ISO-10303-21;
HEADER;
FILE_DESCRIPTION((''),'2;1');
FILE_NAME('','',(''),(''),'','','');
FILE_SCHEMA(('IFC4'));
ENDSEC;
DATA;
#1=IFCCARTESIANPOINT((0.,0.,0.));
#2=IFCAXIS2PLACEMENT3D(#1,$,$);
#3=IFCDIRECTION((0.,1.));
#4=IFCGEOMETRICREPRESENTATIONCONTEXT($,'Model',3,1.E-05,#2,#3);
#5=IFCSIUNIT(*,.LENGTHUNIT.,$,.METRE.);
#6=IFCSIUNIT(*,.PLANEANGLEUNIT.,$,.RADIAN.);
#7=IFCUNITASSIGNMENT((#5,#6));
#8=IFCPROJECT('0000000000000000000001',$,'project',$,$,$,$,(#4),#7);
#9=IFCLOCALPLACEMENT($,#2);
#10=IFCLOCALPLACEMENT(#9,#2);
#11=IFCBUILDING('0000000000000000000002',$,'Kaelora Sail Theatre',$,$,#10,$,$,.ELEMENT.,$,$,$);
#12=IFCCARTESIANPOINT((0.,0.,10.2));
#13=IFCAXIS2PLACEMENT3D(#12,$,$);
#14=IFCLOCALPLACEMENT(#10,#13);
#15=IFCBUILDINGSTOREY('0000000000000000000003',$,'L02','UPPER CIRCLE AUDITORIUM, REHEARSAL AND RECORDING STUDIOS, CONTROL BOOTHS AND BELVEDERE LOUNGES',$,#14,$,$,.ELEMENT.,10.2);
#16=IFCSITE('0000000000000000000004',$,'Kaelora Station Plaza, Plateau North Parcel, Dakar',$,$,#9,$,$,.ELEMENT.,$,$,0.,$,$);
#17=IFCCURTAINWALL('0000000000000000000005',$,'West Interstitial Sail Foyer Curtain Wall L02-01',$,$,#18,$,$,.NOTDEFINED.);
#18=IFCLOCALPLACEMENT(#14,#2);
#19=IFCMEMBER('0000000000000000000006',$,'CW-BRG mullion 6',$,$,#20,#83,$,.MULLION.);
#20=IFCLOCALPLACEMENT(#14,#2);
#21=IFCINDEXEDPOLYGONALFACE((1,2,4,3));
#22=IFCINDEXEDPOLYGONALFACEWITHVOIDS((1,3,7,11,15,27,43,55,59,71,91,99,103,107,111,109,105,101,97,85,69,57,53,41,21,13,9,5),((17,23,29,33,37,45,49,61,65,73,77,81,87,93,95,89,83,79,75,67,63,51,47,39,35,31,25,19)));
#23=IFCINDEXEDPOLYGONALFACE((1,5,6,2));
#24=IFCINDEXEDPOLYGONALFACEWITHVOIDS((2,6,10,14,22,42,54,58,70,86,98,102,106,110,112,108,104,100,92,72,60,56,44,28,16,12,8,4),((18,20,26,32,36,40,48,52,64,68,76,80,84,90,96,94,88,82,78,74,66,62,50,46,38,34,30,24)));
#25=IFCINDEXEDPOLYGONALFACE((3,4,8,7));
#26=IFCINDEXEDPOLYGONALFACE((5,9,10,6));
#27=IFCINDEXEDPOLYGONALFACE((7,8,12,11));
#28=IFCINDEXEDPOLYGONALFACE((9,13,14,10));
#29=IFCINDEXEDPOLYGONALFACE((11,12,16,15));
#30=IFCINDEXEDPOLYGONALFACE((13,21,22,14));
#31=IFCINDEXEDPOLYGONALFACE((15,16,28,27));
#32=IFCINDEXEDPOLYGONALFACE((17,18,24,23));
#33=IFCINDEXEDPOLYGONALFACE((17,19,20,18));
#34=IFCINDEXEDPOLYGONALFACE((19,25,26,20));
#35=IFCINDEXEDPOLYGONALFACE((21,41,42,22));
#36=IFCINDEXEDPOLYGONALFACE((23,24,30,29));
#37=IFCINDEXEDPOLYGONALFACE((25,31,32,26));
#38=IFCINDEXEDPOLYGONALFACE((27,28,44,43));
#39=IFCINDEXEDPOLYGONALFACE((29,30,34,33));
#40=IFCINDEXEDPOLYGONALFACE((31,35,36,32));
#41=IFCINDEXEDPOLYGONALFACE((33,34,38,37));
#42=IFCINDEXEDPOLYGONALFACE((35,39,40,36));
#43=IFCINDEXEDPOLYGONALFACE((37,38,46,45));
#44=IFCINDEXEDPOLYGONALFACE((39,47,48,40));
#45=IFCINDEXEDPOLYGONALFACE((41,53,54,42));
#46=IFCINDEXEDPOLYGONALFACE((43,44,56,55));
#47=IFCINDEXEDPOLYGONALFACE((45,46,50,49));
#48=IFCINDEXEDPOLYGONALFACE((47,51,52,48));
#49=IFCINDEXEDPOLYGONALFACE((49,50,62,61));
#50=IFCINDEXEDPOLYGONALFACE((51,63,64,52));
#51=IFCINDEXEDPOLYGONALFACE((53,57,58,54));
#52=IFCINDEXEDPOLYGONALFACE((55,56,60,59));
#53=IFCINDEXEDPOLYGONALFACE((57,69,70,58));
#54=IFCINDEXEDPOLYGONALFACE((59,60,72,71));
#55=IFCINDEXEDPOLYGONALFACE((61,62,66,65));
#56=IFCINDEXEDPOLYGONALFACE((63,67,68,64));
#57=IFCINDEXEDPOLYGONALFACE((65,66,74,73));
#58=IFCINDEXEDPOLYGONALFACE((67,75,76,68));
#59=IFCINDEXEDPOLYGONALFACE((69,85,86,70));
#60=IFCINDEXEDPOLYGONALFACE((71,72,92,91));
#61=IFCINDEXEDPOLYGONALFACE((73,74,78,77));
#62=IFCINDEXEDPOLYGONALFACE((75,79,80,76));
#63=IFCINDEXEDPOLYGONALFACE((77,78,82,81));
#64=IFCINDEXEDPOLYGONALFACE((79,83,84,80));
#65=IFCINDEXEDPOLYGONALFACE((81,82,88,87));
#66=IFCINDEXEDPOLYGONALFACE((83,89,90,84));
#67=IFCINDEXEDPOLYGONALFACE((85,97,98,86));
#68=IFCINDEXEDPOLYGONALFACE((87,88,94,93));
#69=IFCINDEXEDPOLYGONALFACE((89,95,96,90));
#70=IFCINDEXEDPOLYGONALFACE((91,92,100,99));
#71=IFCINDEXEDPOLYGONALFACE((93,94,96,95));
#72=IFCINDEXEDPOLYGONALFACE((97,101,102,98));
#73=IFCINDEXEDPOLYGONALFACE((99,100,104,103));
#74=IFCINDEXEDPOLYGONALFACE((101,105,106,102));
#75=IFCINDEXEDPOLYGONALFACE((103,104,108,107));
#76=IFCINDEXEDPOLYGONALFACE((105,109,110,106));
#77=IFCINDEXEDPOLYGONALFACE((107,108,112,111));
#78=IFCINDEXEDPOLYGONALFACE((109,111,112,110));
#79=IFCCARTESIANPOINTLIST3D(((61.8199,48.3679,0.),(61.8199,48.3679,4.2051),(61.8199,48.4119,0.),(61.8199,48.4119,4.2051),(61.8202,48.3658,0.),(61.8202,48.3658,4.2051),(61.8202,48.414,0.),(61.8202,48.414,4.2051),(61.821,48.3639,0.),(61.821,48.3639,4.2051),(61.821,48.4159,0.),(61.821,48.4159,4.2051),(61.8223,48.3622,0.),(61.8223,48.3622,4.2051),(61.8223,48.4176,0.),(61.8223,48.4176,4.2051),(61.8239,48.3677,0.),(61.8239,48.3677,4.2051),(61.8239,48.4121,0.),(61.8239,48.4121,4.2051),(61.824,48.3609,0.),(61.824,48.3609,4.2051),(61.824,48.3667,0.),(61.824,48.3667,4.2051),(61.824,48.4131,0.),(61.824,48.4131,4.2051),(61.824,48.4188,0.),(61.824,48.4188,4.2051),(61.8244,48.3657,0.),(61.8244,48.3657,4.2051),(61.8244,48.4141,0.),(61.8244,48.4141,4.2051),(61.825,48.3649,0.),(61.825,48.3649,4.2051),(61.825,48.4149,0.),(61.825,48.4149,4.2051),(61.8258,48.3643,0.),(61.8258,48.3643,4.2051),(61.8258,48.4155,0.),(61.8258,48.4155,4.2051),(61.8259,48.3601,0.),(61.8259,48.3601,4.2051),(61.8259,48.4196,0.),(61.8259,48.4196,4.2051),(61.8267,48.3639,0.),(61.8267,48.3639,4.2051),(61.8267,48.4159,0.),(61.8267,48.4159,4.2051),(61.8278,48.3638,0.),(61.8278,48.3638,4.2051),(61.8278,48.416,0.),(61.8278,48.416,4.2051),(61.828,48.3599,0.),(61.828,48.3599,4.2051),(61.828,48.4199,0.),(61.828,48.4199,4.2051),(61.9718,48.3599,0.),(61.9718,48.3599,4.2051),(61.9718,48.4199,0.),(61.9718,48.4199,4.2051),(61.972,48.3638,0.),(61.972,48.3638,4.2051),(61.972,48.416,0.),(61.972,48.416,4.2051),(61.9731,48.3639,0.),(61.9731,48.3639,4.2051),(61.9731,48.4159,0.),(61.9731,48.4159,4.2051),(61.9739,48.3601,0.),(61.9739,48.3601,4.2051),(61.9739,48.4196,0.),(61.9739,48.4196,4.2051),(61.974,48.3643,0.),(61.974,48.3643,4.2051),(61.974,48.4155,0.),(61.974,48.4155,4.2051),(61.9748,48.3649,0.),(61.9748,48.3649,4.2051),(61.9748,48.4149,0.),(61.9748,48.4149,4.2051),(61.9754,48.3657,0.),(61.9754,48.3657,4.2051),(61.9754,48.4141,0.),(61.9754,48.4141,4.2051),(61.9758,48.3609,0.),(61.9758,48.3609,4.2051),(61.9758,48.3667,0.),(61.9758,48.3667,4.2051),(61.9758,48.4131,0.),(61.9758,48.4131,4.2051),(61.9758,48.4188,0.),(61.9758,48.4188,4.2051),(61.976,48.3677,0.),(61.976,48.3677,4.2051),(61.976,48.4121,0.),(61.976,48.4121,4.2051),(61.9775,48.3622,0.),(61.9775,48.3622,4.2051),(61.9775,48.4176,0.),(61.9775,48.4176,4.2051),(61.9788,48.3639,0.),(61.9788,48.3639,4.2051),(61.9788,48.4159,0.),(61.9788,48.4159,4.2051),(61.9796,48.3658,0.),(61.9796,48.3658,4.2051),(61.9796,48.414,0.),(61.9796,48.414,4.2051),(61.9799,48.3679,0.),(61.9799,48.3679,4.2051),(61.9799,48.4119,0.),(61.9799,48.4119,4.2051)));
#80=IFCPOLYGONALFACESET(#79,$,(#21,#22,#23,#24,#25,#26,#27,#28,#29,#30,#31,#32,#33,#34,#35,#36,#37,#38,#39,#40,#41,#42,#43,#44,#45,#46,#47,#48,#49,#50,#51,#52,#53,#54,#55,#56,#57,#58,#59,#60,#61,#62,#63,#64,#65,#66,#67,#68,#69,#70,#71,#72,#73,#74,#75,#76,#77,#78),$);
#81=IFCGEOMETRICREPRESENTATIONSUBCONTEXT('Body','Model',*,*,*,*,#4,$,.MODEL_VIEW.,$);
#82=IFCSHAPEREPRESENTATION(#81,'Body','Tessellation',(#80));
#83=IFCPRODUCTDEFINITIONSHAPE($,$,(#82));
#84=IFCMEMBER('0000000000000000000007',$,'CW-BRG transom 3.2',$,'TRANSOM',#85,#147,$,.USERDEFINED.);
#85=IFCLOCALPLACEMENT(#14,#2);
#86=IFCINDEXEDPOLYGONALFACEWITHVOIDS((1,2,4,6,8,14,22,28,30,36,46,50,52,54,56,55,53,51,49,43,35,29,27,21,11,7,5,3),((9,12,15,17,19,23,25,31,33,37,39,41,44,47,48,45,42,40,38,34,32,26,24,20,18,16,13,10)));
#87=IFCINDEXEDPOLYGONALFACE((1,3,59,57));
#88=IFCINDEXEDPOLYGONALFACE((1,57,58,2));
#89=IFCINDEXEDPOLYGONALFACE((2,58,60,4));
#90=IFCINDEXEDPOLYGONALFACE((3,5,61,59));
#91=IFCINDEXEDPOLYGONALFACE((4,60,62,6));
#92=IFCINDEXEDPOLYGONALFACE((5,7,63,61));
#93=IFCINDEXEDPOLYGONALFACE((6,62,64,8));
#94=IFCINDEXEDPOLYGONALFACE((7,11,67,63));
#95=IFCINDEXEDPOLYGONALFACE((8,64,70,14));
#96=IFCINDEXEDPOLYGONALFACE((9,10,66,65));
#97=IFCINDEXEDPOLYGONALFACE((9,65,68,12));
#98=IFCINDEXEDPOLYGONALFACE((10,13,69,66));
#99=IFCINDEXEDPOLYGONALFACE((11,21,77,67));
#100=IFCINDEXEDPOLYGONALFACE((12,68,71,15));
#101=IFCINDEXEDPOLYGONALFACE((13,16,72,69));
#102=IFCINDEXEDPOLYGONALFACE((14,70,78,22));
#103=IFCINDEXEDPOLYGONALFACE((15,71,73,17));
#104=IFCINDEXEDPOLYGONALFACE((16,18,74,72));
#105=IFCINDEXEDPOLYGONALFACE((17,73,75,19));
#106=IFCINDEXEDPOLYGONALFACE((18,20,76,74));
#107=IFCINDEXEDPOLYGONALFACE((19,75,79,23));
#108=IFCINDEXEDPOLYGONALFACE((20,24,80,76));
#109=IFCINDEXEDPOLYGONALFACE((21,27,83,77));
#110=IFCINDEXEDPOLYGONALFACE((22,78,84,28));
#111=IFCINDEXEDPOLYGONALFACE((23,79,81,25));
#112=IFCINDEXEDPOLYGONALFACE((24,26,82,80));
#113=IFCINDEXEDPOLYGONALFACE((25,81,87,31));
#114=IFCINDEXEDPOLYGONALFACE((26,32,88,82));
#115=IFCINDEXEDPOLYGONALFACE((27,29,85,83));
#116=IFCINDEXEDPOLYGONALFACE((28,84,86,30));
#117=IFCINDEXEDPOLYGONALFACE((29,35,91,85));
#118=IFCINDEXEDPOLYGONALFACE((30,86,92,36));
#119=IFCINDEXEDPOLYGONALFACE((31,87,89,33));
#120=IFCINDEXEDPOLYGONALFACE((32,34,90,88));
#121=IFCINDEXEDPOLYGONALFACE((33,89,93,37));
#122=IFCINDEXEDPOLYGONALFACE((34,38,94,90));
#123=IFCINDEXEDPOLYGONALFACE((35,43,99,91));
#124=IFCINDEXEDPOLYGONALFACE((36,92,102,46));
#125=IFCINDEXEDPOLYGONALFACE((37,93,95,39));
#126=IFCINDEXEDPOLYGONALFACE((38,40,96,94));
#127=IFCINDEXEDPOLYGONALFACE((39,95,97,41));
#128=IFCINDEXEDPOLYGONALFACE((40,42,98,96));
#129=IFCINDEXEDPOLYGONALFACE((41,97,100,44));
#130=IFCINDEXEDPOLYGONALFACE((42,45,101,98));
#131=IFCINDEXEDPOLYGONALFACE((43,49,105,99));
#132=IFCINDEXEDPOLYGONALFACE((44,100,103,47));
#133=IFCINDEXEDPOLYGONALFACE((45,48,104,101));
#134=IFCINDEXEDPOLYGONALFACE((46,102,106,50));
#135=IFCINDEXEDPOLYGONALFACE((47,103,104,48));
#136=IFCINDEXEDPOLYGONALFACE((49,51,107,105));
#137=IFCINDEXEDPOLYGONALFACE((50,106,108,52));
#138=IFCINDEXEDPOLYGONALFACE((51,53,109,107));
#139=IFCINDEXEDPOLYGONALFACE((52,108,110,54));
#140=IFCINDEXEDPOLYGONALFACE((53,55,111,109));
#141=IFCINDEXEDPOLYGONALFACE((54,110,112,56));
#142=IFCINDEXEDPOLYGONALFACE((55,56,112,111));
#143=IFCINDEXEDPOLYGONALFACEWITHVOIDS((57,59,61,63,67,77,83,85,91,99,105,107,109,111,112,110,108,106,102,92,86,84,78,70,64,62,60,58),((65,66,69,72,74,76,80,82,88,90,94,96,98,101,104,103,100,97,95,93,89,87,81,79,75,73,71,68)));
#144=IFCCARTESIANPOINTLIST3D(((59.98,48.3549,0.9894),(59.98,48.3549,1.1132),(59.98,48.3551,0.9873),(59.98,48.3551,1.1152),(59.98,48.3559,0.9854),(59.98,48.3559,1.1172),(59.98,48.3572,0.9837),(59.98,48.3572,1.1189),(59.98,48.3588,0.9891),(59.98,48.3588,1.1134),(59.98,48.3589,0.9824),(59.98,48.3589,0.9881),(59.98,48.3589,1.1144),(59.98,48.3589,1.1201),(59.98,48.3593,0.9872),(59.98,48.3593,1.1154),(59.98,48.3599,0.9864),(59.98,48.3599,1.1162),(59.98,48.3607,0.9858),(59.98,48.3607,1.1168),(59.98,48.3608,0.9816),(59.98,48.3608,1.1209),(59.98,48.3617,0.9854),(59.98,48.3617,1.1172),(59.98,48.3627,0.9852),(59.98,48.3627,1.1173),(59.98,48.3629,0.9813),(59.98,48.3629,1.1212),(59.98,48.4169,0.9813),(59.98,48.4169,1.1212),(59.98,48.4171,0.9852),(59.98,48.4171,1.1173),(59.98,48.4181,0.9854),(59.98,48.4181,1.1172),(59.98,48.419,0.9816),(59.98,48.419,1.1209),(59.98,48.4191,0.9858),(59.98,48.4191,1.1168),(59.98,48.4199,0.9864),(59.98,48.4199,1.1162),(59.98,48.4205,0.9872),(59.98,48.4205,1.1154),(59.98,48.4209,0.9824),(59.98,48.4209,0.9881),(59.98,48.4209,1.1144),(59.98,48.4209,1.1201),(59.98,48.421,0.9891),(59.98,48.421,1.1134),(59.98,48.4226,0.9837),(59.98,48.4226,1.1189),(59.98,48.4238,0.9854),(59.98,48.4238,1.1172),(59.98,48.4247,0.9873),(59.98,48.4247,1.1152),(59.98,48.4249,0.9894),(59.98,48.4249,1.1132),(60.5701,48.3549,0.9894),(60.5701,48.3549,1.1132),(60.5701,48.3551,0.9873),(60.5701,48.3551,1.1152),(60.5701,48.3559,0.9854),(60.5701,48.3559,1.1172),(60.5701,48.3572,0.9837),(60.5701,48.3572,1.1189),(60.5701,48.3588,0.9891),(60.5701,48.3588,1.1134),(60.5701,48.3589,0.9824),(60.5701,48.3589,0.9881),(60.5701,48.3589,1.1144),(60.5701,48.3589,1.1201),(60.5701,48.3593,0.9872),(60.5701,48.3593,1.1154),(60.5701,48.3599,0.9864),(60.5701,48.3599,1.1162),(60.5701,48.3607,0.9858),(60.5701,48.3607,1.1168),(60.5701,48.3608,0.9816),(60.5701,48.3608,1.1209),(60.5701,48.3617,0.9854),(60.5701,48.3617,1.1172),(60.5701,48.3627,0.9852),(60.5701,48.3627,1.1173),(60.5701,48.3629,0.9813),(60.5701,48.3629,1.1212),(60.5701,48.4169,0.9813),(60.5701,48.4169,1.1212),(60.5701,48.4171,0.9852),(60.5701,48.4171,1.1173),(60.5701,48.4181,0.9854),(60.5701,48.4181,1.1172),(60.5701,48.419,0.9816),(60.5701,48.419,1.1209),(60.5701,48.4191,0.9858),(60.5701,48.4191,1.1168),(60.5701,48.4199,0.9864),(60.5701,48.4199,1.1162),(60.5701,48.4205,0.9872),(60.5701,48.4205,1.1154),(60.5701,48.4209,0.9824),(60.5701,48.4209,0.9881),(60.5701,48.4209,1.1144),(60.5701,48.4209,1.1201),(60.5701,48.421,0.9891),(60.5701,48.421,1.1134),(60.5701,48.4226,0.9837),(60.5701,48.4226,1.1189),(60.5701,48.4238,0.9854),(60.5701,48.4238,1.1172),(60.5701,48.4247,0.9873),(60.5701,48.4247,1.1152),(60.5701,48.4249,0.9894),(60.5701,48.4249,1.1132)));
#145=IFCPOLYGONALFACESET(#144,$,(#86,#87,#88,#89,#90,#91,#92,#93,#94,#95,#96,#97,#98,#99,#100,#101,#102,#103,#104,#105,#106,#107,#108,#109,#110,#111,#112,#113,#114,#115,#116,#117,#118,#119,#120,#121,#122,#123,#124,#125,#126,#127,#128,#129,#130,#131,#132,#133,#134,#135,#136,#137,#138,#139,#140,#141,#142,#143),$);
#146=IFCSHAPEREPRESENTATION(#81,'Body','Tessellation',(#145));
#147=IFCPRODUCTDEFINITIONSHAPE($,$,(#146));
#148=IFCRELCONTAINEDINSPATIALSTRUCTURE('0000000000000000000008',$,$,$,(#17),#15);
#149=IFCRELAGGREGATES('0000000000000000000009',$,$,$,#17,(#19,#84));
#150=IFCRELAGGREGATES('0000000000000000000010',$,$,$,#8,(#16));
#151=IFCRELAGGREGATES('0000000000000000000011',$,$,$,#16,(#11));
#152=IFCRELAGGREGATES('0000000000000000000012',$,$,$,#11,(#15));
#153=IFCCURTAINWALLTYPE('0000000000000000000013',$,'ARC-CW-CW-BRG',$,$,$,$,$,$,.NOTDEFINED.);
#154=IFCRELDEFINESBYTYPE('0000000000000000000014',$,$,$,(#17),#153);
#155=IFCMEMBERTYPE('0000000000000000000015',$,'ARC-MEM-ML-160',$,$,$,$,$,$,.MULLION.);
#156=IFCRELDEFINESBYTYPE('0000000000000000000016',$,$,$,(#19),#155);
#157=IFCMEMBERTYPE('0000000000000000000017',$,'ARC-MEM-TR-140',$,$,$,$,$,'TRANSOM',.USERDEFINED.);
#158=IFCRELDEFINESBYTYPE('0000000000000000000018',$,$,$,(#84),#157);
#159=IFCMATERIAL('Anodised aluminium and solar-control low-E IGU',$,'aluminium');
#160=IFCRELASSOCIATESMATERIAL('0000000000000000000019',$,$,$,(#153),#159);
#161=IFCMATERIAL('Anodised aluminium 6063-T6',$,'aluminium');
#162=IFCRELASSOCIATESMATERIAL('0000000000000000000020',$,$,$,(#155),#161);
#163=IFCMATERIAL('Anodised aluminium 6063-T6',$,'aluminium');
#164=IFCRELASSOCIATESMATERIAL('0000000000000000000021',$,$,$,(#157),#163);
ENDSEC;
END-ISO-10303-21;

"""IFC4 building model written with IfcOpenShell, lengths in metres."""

from ifc_helpers import new_model, si_unit, direction, frame, origin, origin_2d, place, context, subcontext, project, spatial, hollow_rectangle, extrude, material, material_profile, profile_set, type_object, element, aggregate, save


model = new_model("IFC4")

# Units and contexts
model_context = context("Model", 3, precision=1e-05, world=origin(), true_north=direction((0.0, 1.0)))
body_context = subcontext(model_context, "Body", "Model", "MODEL_VIEW")
ifc_project = project(units=[si_unit("LENGTHUNIT", "METRE"), si_unit("PLANEANGLEUNIT", "RADIAN")], contexts=[model_context])

# Site, building, storey
site_placement = place(None, origin())
site = spatial("IfcSite", under=ifc_project, at=site_placement, Name="Kaelora Station Plaza, Plateau North Parcel, Dakar", CompositionType="ELEMENT", RefElevation=0.0)
building_placement = place(site_placement, origin())
building = spatial("IfcBuilding", under=site, at=building_placement, Name="Kaelora Sail Theatre", CompositionType="ELEMENT")
storey_placement = place(building_placement, frame((0.0, 0.0, 10.2)))
storey = spatial("IfcBuildingStorey", under=building, at=storey_placement, Name="L02", Description="UPPER CIRCLE AUDITORIUM, REHEARSAL AND RECORDING STUDIOS, CONTROL BOOTHS AND BELVEDERE LOUNGES", CompositionType="ELEMENT", Elevation=10.2)

# Curtain wall, members
ifc_material_1 = material(Name="Anodised aluminium and solar-control low-E IGU", Category="aluminium")
curtain_wall_type = type_object("IfcCurtainWallType", Name="ARC-CW-CW-BRG", PredefinedType="NOTDEFINED", material=ifc_material_1)
curtain_wall_placement = place(storey_placement, origin())
curtain_wall = element("IfcCurtainWall", 1, at=curtain_wall_placement, inside=storey, type_object=curtain_wall_type, Name="West Interstitial Sail Foyer Curtain Wall L02-01", PredefinedType="NOTDEFINED")
ifc_material_2 = material(Name="Anodised aluminium 6063-T6", Category="aluminium")
ifc_material_profile_1 = material_profile(ifc_material_2, hollow_rectangle(XDim=0.0601, YDim=0.1599, WallThickness=0.0039, InnerFilletRadius=0.0039, OuterFilletRadius=0.0081, at=origin_2d()), Name="ALU-MULL 60x160x4")
ifc_profile_set_1 = profile_set([ifc_material_profile_1], Name="Anodised aluminium 6063-T6")
member_type_1 = type_object("IfcMemberType", Name="ARC-MEM-ML-160", PredefinedType="MULLION", material=ifc_profile_set_1)
member_1_placement = place(storey_placement, frame((61.8999, 48.3899, 0.0), z_axis=(0.0, 0.0, 1.0), x_axis=(0.0, 1.0, 0.0)))
member_1 = element("IfcMember", 2, at=member_1_placement, type_object=member_type_1, Name="CW-BRG mullion 6", PredefinedType="MULLION", context=body_context, shape_type="SweptSolid", body=[
    extrude(hollow_rectangle(XDim=0.0601, YDim=0.1599, WallThickness=0.0039, InnerFilletRadius=0.0039, OuterFilletRadius=0.0081, at=origin_2d()), origin(), (0.0, 0.0, 1.0), 4.2051),
])
ifc_material_3 = material(Name="Anodised aluminium 6063-T6", Category="aluminium")
ifc_material_profile_2 = material_profile(ifc_material_3, hollow_rectangle(XDim=0.0701, YDim=0.1399, WallThickness=0.0039, InnerFilletRadius=0.0039, OuterFilletRadius=0.0081, at=origin_2d()), Name="ALU-TRAN 70x140x4")
ifc_profile_set_2 = profile_set([ifc_material_profile_2], Name="Anodised aluminium 6063-T6")
member_type_2 = type_object("IfcMemberType", Name="ARC-MEM-TR-140", ElementType="TRANSOM", PredefinedType="USERDEFINED", material=ifc_profile_set_2)
member_2_placement = place(storey_placement, frame((59.98, 48.3899, 1.0513), z_axis=(1.0, 0.0, 0.0), x_axis=(0.0, 1.0, 0.0)))
member_2 = element("IfcMember", 3, at=member_2_placement, type_object=member_type_2, Name="CW-BRG transom 3.2", ObjectType="TRANSOM", PredefinedType="USERDEFINED", context=body_context, shape_type="SweptSolid", body=[
    extrude(hollow_rectangle(XDim=0.0701, YDim=0.1399, WallThickness=0.0039, InnerFilletRadius=0.0039, OuterFilletRadius=0.0081, at=origin_2d()), origin(), (0.0, 0.0, 1.0), 0.5901),
])
aggregate(curtain_wall, [member_1, member_2])

save(model, "model.ifc")
